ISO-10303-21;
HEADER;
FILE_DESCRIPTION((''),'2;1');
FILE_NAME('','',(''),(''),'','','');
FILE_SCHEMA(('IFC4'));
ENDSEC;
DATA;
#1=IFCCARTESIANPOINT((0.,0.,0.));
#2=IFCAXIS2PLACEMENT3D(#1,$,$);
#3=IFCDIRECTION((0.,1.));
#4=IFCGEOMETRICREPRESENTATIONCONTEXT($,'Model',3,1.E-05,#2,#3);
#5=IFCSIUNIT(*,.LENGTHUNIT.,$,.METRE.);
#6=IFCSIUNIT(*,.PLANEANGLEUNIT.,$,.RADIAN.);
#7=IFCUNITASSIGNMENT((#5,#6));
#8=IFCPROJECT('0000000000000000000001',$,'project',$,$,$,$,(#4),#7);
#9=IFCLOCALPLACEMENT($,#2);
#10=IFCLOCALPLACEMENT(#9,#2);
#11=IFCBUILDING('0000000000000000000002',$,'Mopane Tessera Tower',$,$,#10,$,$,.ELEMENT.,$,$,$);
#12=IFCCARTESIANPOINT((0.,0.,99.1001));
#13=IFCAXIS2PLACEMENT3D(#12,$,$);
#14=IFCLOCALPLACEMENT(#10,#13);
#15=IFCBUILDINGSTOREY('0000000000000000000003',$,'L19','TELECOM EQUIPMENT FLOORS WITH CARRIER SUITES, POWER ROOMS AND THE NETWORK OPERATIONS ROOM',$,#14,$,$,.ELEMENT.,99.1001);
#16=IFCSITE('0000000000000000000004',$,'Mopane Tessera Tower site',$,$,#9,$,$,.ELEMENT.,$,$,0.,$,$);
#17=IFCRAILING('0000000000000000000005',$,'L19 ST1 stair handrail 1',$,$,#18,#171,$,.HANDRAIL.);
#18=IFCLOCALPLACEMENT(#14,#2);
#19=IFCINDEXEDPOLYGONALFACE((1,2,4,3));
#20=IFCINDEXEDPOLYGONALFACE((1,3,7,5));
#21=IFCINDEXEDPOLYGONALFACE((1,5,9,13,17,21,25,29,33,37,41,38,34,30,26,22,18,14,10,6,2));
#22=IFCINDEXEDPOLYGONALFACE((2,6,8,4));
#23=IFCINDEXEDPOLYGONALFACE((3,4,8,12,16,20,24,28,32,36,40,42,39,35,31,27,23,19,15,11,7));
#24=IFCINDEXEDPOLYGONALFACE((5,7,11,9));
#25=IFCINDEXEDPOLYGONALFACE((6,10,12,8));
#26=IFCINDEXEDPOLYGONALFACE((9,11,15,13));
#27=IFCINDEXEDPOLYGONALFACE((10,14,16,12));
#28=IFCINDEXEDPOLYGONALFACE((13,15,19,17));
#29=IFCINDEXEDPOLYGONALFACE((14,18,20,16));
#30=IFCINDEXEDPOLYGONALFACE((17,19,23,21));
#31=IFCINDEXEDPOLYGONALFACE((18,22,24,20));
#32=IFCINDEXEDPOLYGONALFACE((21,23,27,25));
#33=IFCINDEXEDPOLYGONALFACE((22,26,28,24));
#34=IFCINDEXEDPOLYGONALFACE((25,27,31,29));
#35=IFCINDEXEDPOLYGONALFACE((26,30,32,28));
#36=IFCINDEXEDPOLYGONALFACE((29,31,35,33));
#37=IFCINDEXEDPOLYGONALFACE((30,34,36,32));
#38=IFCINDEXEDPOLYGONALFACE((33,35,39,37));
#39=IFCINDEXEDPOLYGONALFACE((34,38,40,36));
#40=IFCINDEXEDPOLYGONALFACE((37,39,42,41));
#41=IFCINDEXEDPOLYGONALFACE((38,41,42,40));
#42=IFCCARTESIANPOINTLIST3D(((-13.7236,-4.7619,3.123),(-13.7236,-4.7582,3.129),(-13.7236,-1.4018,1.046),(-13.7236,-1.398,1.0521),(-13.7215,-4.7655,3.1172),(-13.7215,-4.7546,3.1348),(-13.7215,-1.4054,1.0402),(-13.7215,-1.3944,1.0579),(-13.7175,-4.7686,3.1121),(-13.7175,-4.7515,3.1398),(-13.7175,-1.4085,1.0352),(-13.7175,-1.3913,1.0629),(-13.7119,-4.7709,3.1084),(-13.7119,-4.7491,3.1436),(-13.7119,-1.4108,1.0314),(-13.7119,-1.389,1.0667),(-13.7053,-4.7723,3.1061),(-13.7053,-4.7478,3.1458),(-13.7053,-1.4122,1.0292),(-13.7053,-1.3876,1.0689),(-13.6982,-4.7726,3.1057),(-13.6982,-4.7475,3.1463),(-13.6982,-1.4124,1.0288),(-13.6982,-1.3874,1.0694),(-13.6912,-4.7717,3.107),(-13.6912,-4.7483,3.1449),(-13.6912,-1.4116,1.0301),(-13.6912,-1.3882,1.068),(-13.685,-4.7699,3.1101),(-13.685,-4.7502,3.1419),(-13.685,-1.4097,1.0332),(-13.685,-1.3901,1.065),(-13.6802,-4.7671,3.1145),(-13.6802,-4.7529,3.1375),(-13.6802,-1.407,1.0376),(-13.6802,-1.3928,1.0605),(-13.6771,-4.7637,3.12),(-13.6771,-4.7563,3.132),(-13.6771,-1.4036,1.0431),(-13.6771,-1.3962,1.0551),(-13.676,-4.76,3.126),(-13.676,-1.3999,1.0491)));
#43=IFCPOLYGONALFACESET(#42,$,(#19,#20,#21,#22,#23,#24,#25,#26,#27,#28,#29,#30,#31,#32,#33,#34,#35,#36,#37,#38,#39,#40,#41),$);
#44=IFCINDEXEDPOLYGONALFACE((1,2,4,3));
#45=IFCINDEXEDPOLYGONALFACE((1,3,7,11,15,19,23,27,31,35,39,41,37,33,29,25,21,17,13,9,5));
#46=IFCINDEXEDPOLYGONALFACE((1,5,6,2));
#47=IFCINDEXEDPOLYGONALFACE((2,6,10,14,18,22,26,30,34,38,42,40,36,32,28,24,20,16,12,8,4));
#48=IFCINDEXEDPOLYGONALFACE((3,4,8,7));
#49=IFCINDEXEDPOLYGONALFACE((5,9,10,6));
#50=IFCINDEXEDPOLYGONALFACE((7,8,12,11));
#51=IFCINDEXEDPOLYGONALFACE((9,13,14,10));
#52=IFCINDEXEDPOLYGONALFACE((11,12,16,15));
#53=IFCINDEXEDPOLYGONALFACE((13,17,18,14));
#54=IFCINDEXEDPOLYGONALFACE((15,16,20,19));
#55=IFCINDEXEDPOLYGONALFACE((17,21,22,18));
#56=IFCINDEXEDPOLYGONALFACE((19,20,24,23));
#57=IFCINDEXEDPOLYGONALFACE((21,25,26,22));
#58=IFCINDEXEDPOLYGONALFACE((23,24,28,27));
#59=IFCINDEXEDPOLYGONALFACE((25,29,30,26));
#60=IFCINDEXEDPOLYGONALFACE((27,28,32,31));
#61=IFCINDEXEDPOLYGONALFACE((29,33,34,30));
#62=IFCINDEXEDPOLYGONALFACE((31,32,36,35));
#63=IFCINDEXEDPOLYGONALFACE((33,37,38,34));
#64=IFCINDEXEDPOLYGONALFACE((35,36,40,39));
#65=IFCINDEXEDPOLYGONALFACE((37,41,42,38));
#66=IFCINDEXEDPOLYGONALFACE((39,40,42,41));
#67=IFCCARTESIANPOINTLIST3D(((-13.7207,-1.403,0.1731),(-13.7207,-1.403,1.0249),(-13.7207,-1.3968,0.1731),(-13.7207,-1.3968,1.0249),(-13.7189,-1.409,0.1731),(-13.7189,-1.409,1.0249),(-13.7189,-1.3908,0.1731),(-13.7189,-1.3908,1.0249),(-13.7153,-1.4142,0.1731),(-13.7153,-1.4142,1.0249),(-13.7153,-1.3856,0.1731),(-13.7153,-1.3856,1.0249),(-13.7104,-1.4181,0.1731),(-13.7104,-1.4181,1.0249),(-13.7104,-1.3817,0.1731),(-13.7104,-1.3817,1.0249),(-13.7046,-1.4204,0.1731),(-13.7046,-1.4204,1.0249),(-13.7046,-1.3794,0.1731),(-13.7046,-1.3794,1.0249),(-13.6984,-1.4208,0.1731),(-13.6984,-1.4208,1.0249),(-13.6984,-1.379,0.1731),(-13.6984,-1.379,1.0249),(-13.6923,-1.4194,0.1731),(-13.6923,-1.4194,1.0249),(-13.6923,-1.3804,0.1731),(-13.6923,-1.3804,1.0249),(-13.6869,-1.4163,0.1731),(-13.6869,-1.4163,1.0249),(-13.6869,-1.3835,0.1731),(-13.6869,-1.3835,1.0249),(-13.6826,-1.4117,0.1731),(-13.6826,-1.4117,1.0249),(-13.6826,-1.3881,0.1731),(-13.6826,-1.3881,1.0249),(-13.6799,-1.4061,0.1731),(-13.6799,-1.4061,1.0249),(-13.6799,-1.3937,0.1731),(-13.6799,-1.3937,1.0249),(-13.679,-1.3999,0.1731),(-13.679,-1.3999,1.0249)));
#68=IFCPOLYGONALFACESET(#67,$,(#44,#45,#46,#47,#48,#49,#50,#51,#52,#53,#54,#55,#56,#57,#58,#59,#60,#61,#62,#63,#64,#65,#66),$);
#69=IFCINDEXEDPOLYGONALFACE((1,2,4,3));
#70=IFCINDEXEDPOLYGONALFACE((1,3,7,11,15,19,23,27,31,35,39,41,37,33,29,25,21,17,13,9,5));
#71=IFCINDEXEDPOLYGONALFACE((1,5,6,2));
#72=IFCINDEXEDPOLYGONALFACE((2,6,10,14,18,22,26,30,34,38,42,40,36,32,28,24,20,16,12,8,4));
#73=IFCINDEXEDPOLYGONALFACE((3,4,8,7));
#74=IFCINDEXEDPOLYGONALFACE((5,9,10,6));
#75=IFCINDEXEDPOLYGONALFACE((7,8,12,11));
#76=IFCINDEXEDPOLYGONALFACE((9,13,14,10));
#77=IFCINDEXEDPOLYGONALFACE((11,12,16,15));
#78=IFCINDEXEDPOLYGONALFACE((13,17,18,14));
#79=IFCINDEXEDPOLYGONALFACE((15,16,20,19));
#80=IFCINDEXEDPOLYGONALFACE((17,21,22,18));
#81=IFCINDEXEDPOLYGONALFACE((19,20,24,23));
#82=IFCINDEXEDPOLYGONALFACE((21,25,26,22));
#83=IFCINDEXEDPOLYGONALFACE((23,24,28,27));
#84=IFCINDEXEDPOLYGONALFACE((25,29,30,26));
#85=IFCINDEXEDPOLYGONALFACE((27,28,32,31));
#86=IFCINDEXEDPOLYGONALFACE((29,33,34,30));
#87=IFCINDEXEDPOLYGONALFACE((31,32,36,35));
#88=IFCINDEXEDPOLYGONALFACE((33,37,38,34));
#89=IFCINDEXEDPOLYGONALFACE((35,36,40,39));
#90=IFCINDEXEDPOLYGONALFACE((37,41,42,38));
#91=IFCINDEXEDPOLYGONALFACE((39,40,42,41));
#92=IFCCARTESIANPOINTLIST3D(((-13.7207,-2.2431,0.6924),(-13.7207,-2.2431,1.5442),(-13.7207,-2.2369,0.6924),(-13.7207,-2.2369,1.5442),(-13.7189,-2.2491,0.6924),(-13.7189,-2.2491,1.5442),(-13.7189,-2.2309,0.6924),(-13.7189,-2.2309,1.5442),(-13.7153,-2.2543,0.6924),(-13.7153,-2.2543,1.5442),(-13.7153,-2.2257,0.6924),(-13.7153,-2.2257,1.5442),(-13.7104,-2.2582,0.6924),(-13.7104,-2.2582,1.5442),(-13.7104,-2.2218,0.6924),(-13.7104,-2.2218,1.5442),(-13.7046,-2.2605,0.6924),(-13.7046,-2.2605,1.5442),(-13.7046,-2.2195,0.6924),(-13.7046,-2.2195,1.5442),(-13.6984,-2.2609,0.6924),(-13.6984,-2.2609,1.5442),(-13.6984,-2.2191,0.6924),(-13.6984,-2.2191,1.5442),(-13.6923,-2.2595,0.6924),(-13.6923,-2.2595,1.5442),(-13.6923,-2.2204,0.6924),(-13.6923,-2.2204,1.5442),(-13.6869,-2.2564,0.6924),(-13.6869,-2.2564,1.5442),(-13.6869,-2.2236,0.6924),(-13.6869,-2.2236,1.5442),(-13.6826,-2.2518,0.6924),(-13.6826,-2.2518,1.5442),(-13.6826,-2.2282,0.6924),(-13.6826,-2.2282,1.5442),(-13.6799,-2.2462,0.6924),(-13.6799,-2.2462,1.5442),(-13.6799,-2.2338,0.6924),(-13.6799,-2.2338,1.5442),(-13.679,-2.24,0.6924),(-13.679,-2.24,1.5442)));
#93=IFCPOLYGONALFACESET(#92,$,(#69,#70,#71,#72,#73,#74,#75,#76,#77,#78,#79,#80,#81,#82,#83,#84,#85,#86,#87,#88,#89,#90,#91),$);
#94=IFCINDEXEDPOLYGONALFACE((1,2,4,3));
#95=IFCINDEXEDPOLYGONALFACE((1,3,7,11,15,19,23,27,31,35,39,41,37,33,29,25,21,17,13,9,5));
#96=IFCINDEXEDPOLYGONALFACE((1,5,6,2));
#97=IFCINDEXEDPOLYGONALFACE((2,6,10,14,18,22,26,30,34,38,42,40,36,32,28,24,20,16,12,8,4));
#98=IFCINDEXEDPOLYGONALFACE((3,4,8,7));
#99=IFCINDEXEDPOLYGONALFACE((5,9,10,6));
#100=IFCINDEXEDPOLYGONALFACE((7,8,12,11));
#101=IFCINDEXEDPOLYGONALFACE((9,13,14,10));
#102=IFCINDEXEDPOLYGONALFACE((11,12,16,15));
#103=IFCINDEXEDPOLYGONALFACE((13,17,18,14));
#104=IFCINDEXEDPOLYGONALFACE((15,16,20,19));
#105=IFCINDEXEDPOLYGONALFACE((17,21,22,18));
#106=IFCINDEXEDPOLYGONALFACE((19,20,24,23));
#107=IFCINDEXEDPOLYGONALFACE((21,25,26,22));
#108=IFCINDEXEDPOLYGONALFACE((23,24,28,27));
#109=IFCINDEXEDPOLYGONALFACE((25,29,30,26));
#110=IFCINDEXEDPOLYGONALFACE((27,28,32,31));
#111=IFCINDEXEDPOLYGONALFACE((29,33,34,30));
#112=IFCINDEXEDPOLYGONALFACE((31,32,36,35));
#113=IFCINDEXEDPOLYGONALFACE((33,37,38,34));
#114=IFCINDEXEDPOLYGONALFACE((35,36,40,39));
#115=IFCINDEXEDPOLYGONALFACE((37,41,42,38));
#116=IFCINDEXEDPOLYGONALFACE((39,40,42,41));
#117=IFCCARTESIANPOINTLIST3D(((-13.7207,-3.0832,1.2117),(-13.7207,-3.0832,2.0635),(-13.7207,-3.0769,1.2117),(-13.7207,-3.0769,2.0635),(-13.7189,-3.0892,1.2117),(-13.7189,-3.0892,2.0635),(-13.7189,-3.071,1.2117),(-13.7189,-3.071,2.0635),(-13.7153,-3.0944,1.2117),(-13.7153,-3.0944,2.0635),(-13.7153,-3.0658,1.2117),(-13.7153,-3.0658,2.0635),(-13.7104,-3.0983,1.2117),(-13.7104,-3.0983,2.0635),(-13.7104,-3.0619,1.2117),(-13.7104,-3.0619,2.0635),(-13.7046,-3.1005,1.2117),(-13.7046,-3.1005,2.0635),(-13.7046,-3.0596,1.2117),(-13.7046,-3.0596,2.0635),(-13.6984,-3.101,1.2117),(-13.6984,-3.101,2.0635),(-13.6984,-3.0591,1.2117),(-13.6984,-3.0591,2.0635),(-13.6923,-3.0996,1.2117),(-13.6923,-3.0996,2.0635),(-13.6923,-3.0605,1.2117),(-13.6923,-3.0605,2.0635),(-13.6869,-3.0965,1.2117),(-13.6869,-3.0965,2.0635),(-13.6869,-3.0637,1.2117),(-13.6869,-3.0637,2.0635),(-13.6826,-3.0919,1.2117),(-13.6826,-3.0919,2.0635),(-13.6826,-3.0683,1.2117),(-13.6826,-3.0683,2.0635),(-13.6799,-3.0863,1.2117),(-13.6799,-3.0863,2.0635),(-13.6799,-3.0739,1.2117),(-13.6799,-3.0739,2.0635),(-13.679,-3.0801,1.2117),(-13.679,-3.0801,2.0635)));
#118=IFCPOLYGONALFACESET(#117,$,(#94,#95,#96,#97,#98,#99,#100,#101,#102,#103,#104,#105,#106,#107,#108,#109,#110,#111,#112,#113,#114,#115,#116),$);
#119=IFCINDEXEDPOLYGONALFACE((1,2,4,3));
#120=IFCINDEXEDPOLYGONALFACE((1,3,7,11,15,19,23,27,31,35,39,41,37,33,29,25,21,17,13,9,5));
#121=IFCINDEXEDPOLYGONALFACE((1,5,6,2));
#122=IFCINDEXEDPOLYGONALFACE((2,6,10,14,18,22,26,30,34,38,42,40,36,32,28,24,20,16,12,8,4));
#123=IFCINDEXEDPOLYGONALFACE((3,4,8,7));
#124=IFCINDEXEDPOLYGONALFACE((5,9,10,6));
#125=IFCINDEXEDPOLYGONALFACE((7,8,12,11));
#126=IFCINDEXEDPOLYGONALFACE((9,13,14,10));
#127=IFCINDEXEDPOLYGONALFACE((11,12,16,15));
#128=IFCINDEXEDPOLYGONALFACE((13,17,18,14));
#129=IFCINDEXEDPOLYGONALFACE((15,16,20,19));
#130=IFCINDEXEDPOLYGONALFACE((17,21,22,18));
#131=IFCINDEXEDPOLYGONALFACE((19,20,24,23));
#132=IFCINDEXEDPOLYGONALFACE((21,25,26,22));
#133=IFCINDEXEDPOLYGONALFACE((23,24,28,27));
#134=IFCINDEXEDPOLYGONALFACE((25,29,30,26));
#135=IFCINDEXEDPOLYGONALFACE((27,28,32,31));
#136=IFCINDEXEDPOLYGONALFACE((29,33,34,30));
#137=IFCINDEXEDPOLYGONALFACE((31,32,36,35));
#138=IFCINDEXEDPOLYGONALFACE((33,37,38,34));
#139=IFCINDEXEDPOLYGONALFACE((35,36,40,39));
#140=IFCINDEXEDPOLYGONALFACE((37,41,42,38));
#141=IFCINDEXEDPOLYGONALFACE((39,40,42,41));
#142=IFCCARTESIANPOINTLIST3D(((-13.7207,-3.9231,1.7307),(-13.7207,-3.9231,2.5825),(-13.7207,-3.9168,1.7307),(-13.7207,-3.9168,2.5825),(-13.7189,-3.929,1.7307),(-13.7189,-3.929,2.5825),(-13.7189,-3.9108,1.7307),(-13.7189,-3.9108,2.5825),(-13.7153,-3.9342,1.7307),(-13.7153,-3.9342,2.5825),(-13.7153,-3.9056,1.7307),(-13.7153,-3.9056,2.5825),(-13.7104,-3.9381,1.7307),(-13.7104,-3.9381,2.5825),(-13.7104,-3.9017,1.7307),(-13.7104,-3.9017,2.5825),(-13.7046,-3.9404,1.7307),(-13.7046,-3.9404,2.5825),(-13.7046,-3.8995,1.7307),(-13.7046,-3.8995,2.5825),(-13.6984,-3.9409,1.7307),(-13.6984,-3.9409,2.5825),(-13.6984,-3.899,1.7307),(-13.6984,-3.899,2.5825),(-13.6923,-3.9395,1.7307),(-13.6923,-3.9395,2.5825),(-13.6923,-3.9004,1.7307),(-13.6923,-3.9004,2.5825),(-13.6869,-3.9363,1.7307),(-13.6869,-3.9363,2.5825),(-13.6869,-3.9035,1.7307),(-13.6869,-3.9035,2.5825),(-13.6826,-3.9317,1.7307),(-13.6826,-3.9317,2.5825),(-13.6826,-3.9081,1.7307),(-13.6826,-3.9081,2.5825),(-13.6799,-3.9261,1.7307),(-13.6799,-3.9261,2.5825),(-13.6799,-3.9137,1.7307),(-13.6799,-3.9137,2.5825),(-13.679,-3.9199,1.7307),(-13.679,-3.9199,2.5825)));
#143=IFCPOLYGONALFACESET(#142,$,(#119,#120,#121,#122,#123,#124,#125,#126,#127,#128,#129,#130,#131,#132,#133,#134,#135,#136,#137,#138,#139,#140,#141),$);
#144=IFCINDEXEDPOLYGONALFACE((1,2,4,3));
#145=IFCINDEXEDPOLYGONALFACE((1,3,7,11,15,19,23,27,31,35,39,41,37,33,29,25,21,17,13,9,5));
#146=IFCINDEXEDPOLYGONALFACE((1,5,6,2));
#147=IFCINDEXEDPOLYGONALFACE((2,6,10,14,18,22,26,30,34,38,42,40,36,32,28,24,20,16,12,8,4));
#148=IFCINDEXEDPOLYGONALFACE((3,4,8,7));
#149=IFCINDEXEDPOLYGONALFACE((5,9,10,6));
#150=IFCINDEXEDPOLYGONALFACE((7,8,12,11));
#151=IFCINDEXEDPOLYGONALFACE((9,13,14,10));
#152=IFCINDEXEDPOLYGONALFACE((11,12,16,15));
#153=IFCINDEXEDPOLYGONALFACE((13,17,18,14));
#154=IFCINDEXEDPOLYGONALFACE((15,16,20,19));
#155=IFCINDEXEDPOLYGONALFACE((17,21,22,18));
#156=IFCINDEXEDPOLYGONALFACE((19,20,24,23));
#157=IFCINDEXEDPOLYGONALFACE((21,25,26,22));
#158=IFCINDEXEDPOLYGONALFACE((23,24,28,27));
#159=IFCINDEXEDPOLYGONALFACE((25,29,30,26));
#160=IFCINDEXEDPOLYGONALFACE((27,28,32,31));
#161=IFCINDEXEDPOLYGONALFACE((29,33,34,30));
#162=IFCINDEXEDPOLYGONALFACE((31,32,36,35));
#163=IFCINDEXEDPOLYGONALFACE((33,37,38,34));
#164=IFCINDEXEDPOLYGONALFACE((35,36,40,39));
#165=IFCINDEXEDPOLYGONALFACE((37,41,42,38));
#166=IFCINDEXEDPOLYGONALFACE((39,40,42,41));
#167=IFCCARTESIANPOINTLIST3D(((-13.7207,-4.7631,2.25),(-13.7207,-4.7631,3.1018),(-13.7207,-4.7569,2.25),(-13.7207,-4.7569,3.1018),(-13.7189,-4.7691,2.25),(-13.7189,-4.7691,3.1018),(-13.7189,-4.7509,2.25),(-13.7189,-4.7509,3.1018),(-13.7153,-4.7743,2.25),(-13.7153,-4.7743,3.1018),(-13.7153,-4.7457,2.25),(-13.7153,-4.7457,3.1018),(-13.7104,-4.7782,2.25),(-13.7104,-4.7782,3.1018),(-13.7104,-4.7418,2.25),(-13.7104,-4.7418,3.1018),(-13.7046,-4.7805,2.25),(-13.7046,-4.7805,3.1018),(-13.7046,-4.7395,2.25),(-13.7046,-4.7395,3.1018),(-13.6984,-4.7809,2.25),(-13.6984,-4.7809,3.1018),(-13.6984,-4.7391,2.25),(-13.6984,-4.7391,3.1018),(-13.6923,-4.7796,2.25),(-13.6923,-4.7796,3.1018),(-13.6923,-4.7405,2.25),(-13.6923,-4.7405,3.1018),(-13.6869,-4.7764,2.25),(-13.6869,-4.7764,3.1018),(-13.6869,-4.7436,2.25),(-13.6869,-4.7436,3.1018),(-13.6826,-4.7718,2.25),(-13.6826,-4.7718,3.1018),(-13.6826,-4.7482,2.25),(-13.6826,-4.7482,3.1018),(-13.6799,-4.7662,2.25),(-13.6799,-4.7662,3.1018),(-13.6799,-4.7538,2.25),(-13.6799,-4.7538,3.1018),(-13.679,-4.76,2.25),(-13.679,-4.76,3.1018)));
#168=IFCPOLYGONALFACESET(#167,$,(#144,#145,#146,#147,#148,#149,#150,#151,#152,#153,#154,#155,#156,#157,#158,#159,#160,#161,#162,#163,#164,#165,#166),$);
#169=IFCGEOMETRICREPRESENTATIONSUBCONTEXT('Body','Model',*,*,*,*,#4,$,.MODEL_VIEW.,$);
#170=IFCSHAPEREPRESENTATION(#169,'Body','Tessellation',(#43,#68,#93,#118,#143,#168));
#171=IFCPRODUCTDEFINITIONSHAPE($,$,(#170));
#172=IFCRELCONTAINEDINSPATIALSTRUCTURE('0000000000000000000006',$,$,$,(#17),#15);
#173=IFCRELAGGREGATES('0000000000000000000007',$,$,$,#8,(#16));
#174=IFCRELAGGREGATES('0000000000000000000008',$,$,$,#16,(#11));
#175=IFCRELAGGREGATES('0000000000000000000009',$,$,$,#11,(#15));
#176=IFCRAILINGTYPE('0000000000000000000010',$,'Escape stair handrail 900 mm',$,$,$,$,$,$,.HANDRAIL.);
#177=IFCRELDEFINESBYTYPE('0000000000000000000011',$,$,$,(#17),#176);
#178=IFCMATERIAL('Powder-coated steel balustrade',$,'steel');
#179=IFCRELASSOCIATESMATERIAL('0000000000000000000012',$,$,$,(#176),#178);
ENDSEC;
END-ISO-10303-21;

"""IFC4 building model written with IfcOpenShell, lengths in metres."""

from ifc_helpers import new_model, si_unit, direction, frame, origin, origin_2d, place, context, subcontext, project, spatial, circle, extrude, material, type_object, element, save


model = new_model("IFC4")

# Units and contexts
model_context = context("Model", 3, precision=1e-05, world=origin(), true_north=direction((0.0, 1.0)))
body_context = subcontext(model_context, "Body", "Model", "MODEL_VIEW")
ifc_project = project(units=[si_unit("LENGTHUNIT", "METRE"), si_unit("PLANEANGLEUNIT", "RADIAN")], contexts=[model_context])

# Site, building, storey
site_placement = place(None, origin())
site = spatial("IfcSite", under=ifc_project, at=site_placement, Name="Mopane Tessera Tower site", CompositionType="ELEMENT", RefElevation=0.0)
building_placement = place(site_placement, origin())
building = spatial("IfcBuilding", under=site, at=building_placement, Name="Mopane Tessera Tower", CompositionType="ELEMENT")
storey_placement = place(building_placement, frame((0.0, 0.0, 99.1001)))
storey = spatial("IfcBuildingStorey", under=building, at=storey_placement, Name="L19", Description="TELECOM EQUIPMENT FLOORS WITH CARRIER SUITES, POWER ROOMS AND THE NETWORK OPERATIONS ROOM", CompositionType="ELEMENT", Elevation=99.1001)

# Railing
ifc_material_1 = material(Name="Powder-coated steel balustrade", Category="steel")
railing_type_1 = type_object("IfcRailingType", Name="Escape stair handrail 900 mm", PredefinedType="HANDRAIL", material=ifc_material_1)
railing_1_placement = place(storey_placement, frame((-13.7, -1.3999, 0.1731)))
element("IfcRailing", 1, at=railing_1_placement, inside=storey, type_object=railing_type_1, Name="L19 ST1 stair handrail 1", PredefinedType="HANDRAIL", context=body_context, shape_type="SweptSolid", body=[
    extrude(circle(Radius=0.0239, at=origin_2d()), frame((0.0, 0.0, 0.876), z_axis=(0.0, -0.850623, 0.525776), x_axis=(1.0, 0.0, 0.0)), (0.0, 0.0, 1.0), 3.9502),
    extrude(circle(Radius=0.021, at=origin_2d()), origin(), (0.0, 0.0, 1.0), 0.8518),
    extrude(circle(Radius=0.021, at=origin_2d()), frame((0.0, -0.8401, 0.5193)), (0.0, 0.0, 1.0), 0.8518),
    extrude(circle(Radius=0.021, at=origin_2d()), frame((0.0, -1.6802, 1.0386)), (0.0, 0.0, 1.0), 0.8518),
    extrude(circle(Radius=0.021, at=origin_2d()), frame((0.0, -2.52, 1.5576)), (0.0, 0.0, 1.0), 0.8518),
    extrude(circle(Radius=0.021, at=origin_2d()), frame((0.0, -3.3601, 2.0769)), (0.0, 0.0, 1.0), 0.8518),
])

save(model, "model.ifc")
